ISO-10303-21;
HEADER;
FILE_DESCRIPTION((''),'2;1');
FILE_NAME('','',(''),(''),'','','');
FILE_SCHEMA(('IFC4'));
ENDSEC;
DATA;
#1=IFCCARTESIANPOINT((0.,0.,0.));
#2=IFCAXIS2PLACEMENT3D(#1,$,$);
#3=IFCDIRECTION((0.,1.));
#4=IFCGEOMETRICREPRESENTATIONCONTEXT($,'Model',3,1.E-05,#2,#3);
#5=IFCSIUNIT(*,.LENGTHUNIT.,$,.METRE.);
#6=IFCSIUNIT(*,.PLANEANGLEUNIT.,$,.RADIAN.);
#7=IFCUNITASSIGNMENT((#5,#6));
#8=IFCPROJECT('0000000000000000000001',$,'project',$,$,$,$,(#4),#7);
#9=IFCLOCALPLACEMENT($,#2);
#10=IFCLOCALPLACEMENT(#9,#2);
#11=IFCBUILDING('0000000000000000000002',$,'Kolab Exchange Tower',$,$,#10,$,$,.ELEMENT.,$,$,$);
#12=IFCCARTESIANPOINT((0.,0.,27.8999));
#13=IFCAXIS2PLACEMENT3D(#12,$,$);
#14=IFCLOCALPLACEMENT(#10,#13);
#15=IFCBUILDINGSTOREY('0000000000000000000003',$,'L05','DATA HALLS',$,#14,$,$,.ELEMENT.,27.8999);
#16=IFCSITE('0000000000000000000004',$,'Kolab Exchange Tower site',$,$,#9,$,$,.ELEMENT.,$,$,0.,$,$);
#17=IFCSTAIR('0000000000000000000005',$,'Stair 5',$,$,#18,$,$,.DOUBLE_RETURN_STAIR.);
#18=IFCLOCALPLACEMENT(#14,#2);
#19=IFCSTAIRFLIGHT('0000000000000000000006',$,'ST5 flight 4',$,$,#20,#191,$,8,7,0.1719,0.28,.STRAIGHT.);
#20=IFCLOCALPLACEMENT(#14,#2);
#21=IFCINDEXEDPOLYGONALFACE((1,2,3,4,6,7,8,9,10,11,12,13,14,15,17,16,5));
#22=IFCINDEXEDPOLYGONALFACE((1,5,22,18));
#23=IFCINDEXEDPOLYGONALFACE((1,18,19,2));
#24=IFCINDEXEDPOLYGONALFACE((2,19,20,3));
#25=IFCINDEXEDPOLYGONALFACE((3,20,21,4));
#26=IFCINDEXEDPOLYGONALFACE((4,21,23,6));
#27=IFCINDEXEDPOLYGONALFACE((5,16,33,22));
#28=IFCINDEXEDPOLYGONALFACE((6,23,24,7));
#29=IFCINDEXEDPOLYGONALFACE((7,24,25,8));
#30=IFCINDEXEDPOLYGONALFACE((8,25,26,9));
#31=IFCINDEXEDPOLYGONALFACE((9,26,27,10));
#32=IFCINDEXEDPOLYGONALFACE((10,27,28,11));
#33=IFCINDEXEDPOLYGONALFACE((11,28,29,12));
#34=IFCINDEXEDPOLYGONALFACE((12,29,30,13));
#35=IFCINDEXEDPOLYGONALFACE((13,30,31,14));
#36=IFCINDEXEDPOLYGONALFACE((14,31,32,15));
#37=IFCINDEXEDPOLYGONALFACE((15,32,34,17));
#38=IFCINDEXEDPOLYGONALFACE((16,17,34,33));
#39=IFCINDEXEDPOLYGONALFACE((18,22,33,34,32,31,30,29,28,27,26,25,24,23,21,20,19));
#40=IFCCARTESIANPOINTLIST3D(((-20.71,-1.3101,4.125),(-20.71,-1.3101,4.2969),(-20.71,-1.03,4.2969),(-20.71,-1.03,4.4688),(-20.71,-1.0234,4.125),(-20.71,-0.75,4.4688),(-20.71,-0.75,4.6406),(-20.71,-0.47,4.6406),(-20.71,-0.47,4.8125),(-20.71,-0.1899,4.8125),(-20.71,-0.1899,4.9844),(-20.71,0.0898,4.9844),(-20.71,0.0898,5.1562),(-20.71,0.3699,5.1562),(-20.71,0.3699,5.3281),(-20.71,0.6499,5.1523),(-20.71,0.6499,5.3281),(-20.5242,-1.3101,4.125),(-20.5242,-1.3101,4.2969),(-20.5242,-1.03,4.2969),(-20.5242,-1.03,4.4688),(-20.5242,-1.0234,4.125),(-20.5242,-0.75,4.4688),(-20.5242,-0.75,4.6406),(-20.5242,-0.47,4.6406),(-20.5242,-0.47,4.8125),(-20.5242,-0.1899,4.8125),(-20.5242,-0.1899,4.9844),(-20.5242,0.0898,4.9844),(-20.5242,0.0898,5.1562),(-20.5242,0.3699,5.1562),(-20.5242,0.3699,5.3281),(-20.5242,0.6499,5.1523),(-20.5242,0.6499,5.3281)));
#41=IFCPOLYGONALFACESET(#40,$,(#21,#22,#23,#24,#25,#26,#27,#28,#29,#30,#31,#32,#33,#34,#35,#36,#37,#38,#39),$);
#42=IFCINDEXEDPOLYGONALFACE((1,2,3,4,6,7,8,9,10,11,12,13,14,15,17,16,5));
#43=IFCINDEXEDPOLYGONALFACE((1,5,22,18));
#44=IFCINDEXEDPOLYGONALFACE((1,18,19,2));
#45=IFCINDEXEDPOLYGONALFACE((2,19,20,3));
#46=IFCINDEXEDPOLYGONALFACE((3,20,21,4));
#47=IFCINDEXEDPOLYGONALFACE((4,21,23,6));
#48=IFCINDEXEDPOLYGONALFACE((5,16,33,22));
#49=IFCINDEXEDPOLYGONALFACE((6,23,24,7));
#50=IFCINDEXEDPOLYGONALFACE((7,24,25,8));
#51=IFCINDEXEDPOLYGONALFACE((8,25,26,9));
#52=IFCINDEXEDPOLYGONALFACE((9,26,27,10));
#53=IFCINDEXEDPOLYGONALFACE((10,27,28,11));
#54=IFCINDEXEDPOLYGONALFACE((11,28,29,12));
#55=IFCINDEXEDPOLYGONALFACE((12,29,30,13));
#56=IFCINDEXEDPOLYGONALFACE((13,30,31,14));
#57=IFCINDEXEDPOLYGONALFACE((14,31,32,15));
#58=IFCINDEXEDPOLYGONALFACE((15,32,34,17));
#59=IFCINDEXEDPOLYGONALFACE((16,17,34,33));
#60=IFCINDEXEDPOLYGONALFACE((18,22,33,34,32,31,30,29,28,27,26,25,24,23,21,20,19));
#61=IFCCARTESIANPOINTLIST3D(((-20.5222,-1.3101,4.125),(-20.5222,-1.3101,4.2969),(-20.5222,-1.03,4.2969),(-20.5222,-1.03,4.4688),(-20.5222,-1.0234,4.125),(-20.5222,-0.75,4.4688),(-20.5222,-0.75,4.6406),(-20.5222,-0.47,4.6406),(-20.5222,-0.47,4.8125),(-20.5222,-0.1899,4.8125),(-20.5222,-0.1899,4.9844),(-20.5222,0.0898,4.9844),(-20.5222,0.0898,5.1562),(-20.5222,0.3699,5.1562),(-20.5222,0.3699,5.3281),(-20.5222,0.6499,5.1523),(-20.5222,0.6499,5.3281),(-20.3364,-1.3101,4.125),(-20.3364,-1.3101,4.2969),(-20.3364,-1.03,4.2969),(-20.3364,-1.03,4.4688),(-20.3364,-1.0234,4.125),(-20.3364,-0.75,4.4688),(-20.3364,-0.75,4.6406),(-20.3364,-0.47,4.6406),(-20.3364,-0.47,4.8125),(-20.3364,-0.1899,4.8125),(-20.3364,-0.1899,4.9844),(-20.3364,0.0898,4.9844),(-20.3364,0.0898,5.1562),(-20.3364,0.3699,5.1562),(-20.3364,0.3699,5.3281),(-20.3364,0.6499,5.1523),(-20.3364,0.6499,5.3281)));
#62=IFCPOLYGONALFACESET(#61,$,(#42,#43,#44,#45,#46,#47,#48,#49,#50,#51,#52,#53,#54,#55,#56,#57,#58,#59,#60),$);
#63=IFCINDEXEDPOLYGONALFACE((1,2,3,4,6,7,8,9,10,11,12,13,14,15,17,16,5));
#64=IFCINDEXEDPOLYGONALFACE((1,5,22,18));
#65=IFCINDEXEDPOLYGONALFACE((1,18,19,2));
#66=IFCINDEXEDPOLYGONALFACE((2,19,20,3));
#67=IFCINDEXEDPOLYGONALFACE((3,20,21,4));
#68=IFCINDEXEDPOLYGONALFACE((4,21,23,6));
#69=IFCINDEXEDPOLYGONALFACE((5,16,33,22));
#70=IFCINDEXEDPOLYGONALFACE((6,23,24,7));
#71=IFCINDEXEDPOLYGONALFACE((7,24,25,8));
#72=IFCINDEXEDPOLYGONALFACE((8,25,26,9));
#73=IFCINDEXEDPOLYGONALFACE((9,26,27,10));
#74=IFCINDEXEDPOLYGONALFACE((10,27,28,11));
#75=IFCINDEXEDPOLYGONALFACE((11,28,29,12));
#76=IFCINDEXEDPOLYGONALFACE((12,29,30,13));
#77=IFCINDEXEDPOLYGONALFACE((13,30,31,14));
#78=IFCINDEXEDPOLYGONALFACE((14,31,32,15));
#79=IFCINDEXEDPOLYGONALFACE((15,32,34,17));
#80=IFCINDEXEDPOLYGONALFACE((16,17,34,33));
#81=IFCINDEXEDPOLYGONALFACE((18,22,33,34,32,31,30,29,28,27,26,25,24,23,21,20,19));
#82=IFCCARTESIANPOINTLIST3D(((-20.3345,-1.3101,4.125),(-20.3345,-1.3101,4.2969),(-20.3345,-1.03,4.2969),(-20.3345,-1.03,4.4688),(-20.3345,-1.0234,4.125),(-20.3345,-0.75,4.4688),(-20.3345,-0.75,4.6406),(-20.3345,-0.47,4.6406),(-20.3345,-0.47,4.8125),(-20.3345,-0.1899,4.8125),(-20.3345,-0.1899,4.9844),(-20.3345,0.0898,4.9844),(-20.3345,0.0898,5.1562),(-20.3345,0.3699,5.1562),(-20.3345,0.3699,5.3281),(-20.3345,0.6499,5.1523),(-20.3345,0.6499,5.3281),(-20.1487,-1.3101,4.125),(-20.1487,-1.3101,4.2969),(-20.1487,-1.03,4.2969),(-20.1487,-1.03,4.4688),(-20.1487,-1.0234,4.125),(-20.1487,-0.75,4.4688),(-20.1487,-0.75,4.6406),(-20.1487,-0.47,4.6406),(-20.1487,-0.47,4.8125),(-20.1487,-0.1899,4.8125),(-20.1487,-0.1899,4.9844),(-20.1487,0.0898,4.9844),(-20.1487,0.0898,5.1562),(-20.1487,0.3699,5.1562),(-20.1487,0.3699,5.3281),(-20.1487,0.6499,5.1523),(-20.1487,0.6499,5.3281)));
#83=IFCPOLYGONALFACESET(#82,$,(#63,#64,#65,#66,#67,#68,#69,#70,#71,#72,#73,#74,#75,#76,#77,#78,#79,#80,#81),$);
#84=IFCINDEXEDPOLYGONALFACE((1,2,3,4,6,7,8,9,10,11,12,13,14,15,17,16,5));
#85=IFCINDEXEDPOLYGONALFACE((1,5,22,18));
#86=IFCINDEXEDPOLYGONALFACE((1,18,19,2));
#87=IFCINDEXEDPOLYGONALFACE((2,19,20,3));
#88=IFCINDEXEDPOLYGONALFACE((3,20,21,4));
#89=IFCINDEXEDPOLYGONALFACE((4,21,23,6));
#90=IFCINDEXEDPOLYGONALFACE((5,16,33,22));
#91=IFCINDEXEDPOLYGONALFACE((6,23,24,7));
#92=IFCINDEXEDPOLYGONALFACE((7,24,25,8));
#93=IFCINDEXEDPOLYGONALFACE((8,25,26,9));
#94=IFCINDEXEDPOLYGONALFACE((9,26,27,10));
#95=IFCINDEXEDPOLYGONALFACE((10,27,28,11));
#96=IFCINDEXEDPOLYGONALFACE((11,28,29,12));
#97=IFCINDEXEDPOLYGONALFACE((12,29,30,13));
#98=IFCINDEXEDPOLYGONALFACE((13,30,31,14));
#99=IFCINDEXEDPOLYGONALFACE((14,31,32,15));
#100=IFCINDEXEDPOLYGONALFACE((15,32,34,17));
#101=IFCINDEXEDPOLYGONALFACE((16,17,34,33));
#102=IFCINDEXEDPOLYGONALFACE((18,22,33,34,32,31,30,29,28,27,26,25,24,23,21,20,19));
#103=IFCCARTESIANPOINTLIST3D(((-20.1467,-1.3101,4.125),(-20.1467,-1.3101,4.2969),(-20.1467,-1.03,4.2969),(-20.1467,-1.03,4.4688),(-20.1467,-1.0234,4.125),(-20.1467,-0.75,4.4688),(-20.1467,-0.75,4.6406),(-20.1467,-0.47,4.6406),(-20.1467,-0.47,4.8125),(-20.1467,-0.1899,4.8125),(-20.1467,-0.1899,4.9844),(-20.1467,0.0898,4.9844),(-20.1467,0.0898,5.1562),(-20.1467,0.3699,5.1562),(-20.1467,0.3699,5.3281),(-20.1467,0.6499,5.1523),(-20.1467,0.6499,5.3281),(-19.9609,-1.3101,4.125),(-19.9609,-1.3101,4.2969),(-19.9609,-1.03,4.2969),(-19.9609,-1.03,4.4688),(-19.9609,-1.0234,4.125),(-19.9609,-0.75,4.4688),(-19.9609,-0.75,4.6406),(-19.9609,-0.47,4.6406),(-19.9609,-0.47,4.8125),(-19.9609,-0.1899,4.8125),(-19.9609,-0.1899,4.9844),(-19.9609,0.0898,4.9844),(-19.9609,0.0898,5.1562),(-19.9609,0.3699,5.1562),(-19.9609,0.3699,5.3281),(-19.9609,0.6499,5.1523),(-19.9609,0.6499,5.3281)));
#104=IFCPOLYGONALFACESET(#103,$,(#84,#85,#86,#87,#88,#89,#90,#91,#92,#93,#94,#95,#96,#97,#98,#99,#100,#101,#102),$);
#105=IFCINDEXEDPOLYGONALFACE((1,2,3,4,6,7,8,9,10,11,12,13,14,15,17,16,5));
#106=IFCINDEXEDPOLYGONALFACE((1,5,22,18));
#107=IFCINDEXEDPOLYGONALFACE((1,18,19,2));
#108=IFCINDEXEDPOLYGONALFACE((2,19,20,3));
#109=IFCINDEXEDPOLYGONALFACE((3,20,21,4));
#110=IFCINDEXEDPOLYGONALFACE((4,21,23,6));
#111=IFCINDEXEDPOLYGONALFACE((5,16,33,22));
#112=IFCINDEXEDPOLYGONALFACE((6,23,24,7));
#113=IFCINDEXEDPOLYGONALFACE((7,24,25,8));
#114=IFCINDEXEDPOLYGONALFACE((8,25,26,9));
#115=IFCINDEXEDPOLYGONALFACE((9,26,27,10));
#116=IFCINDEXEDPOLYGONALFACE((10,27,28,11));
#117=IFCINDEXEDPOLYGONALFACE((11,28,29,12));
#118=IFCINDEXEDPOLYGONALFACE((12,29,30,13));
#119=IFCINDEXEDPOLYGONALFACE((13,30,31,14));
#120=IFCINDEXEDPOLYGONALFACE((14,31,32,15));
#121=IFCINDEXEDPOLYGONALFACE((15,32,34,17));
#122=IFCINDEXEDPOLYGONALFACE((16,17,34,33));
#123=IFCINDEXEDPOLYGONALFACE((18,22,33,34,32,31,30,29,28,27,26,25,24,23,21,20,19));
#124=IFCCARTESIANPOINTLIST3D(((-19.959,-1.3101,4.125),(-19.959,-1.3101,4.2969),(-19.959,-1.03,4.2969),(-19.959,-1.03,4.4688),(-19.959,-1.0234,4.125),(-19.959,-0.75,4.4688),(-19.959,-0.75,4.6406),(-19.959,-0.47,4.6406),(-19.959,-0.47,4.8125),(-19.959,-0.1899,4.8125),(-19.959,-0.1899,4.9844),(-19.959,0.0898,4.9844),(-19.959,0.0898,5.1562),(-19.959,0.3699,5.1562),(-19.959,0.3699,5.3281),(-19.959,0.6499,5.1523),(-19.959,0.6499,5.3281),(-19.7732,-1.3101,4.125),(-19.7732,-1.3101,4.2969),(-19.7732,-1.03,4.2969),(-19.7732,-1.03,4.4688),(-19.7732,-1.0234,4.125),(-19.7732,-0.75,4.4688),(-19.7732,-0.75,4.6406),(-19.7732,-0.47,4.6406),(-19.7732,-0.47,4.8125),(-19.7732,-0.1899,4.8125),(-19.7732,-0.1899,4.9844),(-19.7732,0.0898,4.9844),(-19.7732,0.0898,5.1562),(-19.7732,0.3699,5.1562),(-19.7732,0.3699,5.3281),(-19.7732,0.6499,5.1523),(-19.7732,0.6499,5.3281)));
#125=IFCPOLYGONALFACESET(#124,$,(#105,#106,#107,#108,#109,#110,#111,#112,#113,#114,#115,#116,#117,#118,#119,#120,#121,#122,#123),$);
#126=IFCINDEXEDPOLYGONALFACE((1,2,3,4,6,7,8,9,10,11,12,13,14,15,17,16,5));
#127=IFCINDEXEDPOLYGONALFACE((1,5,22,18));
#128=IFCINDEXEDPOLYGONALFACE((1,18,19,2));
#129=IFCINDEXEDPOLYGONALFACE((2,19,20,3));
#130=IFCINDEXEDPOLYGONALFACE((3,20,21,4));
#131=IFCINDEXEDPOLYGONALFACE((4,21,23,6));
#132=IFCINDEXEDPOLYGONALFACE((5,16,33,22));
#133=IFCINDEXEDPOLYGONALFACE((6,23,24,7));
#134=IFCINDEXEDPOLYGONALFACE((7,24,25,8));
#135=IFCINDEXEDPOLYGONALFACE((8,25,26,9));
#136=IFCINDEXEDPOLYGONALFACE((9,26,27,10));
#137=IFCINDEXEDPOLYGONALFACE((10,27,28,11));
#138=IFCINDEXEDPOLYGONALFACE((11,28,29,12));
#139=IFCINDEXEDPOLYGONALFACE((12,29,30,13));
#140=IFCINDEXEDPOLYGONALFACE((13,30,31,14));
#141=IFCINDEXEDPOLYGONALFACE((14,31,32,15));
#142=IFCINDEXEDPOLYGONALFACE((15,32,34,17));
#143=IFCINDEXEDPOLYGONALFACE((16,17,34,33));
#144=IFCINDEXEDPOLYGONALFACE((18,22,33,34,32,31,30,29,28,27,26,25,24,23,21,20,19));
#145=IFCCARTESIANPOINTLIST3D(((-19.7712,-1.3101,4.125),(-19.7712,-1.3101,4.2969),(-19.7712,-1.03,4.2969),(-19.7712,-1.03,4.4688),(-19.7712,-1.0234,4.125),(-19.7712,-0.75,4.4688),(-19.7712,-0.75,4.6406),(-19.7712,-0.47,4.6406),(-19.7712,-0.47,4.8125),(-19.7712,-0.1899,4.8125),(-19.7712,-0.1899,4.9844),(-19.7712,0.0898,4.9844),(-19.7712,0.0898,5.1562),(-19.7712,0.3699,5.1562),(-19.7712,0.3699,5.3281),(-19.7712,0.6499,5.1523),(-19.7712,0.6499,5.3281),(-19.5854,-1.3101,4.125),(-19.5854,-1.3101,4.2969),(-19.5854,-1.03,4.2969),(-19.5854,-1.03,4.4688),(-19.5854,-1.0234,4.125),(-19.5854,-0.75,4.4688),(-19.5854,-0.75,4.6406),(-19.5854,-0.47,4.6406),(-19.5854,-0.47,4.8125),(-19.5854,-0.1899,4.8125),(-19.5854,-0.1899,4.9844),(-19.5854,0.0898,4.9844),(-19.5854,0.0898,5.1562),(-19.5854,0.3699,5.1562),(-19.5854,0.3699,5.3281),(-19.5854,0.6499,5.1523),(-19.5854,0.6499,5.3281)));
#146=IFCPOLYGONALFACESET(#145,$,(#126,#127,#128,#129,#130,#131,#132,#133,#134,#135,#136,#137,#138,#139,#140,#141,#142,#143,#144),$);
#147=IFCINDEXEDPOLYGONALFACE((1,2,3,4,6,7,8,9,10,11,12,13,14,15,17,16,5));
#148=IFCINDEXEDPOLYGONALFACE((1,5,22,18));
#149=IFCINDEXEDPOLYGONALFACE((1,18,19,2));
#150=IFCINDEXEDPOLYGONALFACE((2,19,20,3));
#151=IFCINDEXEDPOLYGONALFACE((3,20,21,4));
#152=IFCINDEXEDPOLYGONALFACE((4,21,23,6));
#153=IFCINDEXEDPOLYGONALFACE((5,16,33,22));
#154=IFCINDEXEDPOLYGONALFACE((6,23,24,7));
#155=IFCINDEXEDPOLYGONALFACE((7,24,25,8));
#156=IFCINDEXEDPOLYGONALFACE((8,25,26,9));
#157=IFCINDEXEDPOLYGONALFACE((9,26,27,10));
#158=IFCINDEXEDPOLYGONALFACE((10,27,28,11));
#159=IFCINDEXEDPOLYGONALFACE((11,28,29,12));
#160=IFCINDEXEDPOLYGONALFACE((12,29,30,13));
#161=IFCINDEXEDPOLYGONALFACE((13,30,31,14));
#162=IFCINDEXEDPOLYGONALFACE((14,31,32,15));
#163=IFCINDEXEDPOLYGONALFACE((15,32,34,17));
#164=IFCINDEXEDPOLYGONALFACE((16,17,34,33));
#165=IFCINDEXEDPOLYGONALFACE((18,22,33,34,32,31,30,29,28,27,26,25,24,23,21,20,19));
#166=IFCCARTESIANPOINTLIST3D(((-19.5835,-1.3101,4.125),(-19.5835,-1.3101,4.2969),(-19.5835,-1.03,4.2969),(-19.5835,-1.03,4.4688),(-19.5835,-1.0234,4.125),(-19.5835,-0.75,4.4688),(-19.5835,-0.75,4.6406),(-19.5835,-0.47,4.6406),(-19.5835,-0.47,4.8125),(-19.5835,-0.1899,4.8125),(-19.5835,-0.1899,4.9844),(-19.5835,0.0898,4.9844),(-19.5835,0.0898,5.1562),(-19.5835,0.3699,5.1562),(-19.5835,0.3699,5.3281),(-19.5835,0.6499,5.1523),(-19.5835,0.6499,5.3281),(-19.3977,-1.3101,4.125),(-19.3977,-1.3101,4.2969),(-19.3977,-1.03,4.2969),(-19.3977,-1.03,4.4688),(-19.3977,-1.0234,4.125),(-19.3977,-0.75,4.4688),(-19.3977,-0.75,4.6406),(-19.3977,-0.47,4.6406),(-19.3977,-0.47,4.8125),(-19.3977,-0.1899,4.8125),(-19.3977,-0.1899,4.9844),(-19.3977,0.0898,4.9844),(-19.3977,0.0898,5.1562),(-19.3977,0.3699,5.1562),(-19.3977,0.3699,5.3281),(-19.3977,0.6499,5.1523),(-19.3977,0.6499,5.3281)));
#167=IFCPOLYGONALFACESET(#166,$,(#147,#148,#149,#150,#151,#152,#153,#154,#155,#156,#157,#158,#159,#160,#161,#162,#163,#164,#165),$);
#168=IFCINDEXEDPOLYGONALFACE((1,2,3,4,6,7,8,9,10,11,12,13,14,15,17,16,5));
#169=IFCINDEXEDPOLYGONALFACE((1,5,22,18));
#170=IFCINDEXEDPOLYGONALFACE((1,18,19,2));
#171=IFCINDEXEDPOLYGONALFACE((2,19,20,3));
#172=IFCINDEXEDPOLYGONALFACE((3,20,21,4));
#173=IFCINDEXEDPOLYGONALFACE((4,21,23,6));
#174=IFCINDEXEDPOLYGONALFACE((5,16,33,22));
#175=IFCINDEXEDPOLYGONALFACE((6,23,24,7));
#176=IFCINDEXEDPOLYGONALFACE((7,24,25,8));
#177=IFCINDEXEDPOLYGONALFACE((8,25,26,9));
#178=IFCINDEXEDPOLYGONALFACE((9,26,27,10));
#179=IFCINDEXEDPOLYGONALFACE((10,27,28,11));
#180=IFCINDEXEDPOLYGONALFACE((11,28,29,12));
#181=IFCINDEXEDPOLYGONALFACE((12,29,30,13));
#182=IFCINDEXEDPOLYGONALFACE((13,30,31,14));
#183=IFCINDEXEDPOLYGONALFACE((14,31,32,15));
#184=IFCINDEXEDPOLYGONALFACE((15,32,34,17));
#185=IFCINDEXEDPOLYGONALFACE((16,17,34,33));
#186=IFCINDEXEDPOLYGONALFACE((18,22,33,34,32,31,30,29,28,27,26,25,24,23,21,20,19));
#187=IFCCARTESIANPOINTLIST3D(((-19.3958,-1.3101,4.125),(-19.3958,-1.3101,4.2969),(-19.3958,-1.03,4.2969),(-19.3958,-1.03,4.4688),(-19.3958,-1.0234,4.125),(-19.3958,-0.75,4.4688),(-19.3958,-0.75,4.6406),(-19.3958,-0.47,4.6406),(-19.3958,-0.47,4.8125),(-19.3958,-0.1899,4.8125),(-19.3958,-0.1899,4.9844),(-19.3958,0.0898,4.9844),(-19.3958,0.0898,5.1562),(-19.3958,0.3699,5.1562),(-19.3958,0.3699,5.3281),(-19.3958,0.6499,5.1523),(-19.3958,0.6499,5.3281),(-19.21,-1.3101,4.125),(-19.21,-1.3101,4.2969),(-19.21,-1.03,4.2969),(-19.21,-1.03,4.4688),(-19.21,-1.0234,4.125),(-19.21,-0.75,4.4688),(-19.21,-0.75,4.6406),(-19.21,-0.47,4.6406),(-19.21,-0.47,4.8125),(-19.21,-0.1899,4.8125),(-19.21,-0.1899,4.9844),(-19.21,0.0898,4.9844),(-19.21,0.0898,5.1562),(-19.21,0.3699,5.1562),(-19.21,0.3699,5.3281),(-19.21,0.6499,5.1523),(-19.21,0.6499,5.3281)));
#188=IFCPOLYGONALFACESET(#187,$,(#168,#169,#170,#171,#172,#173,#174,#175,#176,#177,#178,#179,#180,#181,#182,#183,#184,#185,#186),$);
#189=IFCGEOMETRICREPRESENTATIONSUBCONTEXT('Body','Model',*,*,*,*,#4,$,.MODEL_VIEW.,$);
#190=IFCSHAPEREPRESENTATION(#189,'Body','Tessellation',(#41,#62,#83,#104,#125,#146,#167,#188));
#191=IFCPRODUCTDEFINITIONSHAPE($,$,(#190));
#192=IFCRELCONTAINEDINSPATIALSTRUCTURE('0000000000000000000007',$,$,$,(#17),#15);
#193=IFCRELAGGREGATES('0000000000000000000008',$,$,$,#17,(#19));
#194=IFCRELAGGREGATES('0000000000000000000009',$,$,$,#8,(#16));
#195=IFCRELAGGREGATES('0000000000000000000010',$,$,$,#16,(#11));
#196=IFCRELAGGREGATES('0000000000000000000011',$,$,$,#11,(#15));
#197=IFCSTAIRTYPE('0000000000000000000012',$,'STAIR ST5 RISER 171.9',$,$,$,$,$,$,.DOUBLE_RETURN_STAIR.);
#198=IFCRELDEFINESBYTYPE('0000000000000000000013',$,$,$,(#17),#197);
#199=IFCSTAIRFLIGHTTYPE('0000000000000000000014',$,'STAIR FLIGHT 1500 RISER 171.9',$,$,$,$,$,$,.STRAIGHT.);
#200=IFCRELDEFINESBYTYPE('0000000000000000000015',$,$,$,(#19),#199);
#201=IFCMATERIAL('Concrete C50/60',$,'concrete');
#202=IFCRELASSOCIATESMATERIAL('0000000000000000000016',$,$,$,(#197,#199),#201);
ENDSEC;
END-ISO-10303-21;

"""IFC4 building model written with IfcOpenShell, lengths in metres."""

from ifc_helpers import new_model, si_unit, direction, frame, origin, place, context, subcontext, project, spatial, polyline, outline, extrude, material, type_object, element, aggregate, save


model = new_model("IFC4")

# Units and contexts
model_context = context("Model", 3, precision=1e-05, world=origin(), true_north=direction((0.0, 1.0)))
body_context = subcontext(model_context, "Body", "Model", "MODEL_VIEW")
ifc_project = project(units=[si_unit("LENGTHUNIT", "METRE"), si_unit("PLANEANGLEUNIT", "RADIAN")], contexts=[model_context])

# Site, building, storey
site_placement = place(None, origin())
site = spatial("IfcSite", under=ifc_project, at=site_placement, Name="Kolab Exchange Tower site", CompositionType="ELEMENT", RefElevation=0.0)
building_placement = place(site_placement, origin())
building = spatial("IfcBuilding", under=site, at=building_placement, Name="Kolab Exchange Tower", CompositionType="ELEMENT")
storey_placement = place(building_placement, frame((0.0, 0.0, 27.8999)))
storey = spatial("IfcBuildingStorey", under=building, at=storey_placement, Name="L05", Description="DATA HALLS", CompositionType="ELEMENT", Elevation=27.8999)

# Shared definitions
ifc_material_1 = material(Name="Concrete C50/60", Category="concrete")

# Stair, stair flight
stair_type = type_object("IfcStairType", Name="STAIR ST5 RISER 171.9", PredefinedType="DOUBLE_RETURN_STAIR", material=ifc_material_1)
stair_placement = place(storey_placement, origin())
stair = element("IfcStair", 1, at=stair_placement, inside=storey, type_object=stair_type, Name="Stair 5", PredefinedType="DOUBLE_RETURN_STAIR")
stair_flight_type = type_object("IfcStairFlightType", Name="STAIR FLIGHT 1500 RISER 171.9", PredefinedType="STRAIGHT", material=ifc_material_1)
stair_flight_1_placement = place(storey_placement, frame((-19.96, -1.3101, 4.125), z_axis=(0.0, 0.0, 1.0), x_axis=(0.0, 1.0, 0.0)))
stair_flight_1 = element("IfcStairFlight", 2, at=stair_flight_1_placement, type_object=stair_flight_type, Name="ST5 flight 4", NumberOfRisers=8, NumberOfTreads=7, PredefinedType="STRAIGHT", RiserHeight=0.1719, TreadLength=0.28, context=body_context, shape_type="SweptSolid", body=[
    extrude(outline(polyline([(0.0, 0.0), (0.0, 0.1719), (0.28, 0.1719), (0.28, 0.3438), (0.5601, 0.3438), (0.5601, 0.5156), (0.8401, 0.5156), (0.8401, 0.6875), (1.1201, 0.6875), (1.1201, 0.8594), (1.3999, 0.8594), (1.3999, 1.0312), (1.6799, 1.0312), (1.6799, 1.2031), (1.96, 1.2031), (1.96, 1.375), (1.96, 1.0273), (0.2866, 0.0), (0.0, 0.0)])), frame((0.0, 0.75, 0.0), z_axis=(0.0, -1.0, 0.0), x_axis=(1.0, 0.0, 0.0)), (0.0, 0.0, 1.0), 0.1858),
    extrude(outline(polyline([(0.0, 0.0), (0.0, 0.1719), (0.28, 0.1719), (0.28, 0.3438), (0.5601, 0.3438), (0.5601, 0.5156), (0.8401, 0.5156), (0.8401, 0.6875), (1.1201, 0.6875), (1.1201, 0.8594), (1.3999, 0.8594), (1.3999, 1.0312), (1.6799, 1.0312), (1.6799, 1.2031), (1.96, 1.2031), (1.96, 1.375), (1.96, 1.0273), (0.2866, 0.0), (0.0, 0.0)])), frame((0.0, 0.5623, 0.0), z_axis=(0.0, -1.0, 0.0), x_axis=(1.0, 0.0, 0.0)), (0.0, 0.0, 1.0), 0.1858),
    extrude(outline(polyline([(0.0, 0.0), (0.0, 0.1719), (0.28, 0.1719), (0.28, 0.3438), (0.5601, 0.3438), (0.5601, 0.5156), (0.8401, 0.5156), (0.8401, 0.6875), (1.1201, 0.6875), (1.1201, 0.8594), (1.3999, 0.8594), (1.3999, 1.0312), (1.6799, 1.0312), (1.6799, 1.2031), (1.96, 1.2031), (1.96, 1.375), (1.96, 1.0273), (0.2866, 0.0), (0.0, 0.0)])), frame((0.0, 0.3745, 0.0), z_axis=(0.0, -1.0, 0.0), x_axis=(1.0, 0.0, 0.0)), (0.0, 0.0, 1.0), 0.1858),
    extrude(outline(polyline([(0.0, 0.0), (0.0, 0.1719), (0.28, 0.1719), (0.28, 0.3438), (0.5601, 0.3438), (0.5601, 0.5156), (0.8401, 0.5156), (0.8401, 0.6875), (1.1201, 0.6875), (1.1201, 0.8594), (1.3999, 0.8594), (1.3999, 1.0312), (1.6799, 1.0312), (1.6799, 1.2031), (1.96, 1.2031), (1.96, 1.375), (1.96, 1.0273), (0.2866, 0.0), (0.0, 0.0)])), frame((0.0, 0.1868, 0.0), z_axis=(0.0, -1.0, 0.0), x_axis=(1.0, 0.0, 0.0)), (0.0, 0.0, 1.0), 0.1858),
    extrude(outline(polyline([(0.0, 0.0), (0.0, 0.1719), (0.28, 0.1719), (0.28, 0.3438), (0.5601, 0.3438), (0.5601, 0.5156), (0.8401, 0.5156), (0.8401, 0.6875), (1.1201, 0.6875), (1.1201, 0.8594), (1.3999, 0.8594), (1.3999, 1.0312), (1.6799, 1.0312), (1.6799, 1.2031), (1.96, 1.2031), (1.96, 1.375), (1.96, 1.0273), (0.2866, 0.0), (0.0, 0.0)])), frame((0.0, -0.001, 0.0), z_axis=(0.0, -1.0, 0.0), x_axis=(1.0, 0.0, 0.0)), (0.0, 0.0, 1.0), 0.1858),
    extrude(outline(polyline([(0.0, 0.0), (0.0, 0.1719), (0.28, 0.1719), (0.28, 0.3438), (0.5601, 0.3438), (0.5601, 0.5156), (0.8401, 0.5156), (0.8401, 0.6875), (1.1201, 0.6875), (1.1201, 0.8594), (1.3999, 0.8594), (1.3999, 1.0312), (1.6799, 1.0312), (1.6799, 1.2031), (1.96, 1.2031), (1.96, 1.375), (1.96, 1.0273), (0.2866, 0.0), (0.0, 0.0)])), frame((0.0, -0.1887, 0.0), z_axis=(0.0, -1.0, 0.0), x_axis=(1.0, 0.0, 0.0)), (0.0, 0.0, 1.0), 0.1858),
    extrude(outline(polyline([(0.0, 0.0), (0.0, 0.1719), (0.28, 0.1719), (0.28, 0.3438), (0.5601, 0.3438), (0.5601, 0.5156), (0.8401, 0.5156), (0.8401, 0.6875), (1.1201, 0.6875), (1.1201, 0.8594), (1.3999, 0.8594), (1.3999, 1.0312), (1.6799, 1.0312), (1.6799, 1.2031), (1.96, 1.2031), (1.96, 1.375), (1.96, 1.0273), (0.2866, 0.0), (0.0, 0.0)])), frame((0.0, -0.3765, 0.0), z_axis=(0.0, -1.0, 0.0), x_axis=(1.0, 0.0, 0.0)), (0.0, 0.0, 1.0), 0.1858),
    extrude(outline(polyline([(0.0, 0.0), (0.0, 0.1719), (0.28, 0.1719), (0.28, 0.3438), (0.5601, 0.3438), (0.5601, 0.5156), (0.8401, 0.5156), (0.8401, 0.6875), (1.1201, 0.6875), (1.1201, 0.8594), (1.3999, 0.8594), (1.3999, 1.0312), (1.6799, 1.0312), (1.6799, 1.2031), (1.96, 1.2031), (1.96, 1.375), (1.96, 1.0273), (0.2866, 0.0), (0.0, 0.0)])), frame((0.0, -0.5642, 0.0), z_axis=(0.0, -1.0, 0.0), x_axis=(1.0, 0.0, 0.0)), (0.0, 0.0, 1.0), 0.1858),
])
aggregate(stair, [stair_flight_1])

save(model, "model.ifc")
